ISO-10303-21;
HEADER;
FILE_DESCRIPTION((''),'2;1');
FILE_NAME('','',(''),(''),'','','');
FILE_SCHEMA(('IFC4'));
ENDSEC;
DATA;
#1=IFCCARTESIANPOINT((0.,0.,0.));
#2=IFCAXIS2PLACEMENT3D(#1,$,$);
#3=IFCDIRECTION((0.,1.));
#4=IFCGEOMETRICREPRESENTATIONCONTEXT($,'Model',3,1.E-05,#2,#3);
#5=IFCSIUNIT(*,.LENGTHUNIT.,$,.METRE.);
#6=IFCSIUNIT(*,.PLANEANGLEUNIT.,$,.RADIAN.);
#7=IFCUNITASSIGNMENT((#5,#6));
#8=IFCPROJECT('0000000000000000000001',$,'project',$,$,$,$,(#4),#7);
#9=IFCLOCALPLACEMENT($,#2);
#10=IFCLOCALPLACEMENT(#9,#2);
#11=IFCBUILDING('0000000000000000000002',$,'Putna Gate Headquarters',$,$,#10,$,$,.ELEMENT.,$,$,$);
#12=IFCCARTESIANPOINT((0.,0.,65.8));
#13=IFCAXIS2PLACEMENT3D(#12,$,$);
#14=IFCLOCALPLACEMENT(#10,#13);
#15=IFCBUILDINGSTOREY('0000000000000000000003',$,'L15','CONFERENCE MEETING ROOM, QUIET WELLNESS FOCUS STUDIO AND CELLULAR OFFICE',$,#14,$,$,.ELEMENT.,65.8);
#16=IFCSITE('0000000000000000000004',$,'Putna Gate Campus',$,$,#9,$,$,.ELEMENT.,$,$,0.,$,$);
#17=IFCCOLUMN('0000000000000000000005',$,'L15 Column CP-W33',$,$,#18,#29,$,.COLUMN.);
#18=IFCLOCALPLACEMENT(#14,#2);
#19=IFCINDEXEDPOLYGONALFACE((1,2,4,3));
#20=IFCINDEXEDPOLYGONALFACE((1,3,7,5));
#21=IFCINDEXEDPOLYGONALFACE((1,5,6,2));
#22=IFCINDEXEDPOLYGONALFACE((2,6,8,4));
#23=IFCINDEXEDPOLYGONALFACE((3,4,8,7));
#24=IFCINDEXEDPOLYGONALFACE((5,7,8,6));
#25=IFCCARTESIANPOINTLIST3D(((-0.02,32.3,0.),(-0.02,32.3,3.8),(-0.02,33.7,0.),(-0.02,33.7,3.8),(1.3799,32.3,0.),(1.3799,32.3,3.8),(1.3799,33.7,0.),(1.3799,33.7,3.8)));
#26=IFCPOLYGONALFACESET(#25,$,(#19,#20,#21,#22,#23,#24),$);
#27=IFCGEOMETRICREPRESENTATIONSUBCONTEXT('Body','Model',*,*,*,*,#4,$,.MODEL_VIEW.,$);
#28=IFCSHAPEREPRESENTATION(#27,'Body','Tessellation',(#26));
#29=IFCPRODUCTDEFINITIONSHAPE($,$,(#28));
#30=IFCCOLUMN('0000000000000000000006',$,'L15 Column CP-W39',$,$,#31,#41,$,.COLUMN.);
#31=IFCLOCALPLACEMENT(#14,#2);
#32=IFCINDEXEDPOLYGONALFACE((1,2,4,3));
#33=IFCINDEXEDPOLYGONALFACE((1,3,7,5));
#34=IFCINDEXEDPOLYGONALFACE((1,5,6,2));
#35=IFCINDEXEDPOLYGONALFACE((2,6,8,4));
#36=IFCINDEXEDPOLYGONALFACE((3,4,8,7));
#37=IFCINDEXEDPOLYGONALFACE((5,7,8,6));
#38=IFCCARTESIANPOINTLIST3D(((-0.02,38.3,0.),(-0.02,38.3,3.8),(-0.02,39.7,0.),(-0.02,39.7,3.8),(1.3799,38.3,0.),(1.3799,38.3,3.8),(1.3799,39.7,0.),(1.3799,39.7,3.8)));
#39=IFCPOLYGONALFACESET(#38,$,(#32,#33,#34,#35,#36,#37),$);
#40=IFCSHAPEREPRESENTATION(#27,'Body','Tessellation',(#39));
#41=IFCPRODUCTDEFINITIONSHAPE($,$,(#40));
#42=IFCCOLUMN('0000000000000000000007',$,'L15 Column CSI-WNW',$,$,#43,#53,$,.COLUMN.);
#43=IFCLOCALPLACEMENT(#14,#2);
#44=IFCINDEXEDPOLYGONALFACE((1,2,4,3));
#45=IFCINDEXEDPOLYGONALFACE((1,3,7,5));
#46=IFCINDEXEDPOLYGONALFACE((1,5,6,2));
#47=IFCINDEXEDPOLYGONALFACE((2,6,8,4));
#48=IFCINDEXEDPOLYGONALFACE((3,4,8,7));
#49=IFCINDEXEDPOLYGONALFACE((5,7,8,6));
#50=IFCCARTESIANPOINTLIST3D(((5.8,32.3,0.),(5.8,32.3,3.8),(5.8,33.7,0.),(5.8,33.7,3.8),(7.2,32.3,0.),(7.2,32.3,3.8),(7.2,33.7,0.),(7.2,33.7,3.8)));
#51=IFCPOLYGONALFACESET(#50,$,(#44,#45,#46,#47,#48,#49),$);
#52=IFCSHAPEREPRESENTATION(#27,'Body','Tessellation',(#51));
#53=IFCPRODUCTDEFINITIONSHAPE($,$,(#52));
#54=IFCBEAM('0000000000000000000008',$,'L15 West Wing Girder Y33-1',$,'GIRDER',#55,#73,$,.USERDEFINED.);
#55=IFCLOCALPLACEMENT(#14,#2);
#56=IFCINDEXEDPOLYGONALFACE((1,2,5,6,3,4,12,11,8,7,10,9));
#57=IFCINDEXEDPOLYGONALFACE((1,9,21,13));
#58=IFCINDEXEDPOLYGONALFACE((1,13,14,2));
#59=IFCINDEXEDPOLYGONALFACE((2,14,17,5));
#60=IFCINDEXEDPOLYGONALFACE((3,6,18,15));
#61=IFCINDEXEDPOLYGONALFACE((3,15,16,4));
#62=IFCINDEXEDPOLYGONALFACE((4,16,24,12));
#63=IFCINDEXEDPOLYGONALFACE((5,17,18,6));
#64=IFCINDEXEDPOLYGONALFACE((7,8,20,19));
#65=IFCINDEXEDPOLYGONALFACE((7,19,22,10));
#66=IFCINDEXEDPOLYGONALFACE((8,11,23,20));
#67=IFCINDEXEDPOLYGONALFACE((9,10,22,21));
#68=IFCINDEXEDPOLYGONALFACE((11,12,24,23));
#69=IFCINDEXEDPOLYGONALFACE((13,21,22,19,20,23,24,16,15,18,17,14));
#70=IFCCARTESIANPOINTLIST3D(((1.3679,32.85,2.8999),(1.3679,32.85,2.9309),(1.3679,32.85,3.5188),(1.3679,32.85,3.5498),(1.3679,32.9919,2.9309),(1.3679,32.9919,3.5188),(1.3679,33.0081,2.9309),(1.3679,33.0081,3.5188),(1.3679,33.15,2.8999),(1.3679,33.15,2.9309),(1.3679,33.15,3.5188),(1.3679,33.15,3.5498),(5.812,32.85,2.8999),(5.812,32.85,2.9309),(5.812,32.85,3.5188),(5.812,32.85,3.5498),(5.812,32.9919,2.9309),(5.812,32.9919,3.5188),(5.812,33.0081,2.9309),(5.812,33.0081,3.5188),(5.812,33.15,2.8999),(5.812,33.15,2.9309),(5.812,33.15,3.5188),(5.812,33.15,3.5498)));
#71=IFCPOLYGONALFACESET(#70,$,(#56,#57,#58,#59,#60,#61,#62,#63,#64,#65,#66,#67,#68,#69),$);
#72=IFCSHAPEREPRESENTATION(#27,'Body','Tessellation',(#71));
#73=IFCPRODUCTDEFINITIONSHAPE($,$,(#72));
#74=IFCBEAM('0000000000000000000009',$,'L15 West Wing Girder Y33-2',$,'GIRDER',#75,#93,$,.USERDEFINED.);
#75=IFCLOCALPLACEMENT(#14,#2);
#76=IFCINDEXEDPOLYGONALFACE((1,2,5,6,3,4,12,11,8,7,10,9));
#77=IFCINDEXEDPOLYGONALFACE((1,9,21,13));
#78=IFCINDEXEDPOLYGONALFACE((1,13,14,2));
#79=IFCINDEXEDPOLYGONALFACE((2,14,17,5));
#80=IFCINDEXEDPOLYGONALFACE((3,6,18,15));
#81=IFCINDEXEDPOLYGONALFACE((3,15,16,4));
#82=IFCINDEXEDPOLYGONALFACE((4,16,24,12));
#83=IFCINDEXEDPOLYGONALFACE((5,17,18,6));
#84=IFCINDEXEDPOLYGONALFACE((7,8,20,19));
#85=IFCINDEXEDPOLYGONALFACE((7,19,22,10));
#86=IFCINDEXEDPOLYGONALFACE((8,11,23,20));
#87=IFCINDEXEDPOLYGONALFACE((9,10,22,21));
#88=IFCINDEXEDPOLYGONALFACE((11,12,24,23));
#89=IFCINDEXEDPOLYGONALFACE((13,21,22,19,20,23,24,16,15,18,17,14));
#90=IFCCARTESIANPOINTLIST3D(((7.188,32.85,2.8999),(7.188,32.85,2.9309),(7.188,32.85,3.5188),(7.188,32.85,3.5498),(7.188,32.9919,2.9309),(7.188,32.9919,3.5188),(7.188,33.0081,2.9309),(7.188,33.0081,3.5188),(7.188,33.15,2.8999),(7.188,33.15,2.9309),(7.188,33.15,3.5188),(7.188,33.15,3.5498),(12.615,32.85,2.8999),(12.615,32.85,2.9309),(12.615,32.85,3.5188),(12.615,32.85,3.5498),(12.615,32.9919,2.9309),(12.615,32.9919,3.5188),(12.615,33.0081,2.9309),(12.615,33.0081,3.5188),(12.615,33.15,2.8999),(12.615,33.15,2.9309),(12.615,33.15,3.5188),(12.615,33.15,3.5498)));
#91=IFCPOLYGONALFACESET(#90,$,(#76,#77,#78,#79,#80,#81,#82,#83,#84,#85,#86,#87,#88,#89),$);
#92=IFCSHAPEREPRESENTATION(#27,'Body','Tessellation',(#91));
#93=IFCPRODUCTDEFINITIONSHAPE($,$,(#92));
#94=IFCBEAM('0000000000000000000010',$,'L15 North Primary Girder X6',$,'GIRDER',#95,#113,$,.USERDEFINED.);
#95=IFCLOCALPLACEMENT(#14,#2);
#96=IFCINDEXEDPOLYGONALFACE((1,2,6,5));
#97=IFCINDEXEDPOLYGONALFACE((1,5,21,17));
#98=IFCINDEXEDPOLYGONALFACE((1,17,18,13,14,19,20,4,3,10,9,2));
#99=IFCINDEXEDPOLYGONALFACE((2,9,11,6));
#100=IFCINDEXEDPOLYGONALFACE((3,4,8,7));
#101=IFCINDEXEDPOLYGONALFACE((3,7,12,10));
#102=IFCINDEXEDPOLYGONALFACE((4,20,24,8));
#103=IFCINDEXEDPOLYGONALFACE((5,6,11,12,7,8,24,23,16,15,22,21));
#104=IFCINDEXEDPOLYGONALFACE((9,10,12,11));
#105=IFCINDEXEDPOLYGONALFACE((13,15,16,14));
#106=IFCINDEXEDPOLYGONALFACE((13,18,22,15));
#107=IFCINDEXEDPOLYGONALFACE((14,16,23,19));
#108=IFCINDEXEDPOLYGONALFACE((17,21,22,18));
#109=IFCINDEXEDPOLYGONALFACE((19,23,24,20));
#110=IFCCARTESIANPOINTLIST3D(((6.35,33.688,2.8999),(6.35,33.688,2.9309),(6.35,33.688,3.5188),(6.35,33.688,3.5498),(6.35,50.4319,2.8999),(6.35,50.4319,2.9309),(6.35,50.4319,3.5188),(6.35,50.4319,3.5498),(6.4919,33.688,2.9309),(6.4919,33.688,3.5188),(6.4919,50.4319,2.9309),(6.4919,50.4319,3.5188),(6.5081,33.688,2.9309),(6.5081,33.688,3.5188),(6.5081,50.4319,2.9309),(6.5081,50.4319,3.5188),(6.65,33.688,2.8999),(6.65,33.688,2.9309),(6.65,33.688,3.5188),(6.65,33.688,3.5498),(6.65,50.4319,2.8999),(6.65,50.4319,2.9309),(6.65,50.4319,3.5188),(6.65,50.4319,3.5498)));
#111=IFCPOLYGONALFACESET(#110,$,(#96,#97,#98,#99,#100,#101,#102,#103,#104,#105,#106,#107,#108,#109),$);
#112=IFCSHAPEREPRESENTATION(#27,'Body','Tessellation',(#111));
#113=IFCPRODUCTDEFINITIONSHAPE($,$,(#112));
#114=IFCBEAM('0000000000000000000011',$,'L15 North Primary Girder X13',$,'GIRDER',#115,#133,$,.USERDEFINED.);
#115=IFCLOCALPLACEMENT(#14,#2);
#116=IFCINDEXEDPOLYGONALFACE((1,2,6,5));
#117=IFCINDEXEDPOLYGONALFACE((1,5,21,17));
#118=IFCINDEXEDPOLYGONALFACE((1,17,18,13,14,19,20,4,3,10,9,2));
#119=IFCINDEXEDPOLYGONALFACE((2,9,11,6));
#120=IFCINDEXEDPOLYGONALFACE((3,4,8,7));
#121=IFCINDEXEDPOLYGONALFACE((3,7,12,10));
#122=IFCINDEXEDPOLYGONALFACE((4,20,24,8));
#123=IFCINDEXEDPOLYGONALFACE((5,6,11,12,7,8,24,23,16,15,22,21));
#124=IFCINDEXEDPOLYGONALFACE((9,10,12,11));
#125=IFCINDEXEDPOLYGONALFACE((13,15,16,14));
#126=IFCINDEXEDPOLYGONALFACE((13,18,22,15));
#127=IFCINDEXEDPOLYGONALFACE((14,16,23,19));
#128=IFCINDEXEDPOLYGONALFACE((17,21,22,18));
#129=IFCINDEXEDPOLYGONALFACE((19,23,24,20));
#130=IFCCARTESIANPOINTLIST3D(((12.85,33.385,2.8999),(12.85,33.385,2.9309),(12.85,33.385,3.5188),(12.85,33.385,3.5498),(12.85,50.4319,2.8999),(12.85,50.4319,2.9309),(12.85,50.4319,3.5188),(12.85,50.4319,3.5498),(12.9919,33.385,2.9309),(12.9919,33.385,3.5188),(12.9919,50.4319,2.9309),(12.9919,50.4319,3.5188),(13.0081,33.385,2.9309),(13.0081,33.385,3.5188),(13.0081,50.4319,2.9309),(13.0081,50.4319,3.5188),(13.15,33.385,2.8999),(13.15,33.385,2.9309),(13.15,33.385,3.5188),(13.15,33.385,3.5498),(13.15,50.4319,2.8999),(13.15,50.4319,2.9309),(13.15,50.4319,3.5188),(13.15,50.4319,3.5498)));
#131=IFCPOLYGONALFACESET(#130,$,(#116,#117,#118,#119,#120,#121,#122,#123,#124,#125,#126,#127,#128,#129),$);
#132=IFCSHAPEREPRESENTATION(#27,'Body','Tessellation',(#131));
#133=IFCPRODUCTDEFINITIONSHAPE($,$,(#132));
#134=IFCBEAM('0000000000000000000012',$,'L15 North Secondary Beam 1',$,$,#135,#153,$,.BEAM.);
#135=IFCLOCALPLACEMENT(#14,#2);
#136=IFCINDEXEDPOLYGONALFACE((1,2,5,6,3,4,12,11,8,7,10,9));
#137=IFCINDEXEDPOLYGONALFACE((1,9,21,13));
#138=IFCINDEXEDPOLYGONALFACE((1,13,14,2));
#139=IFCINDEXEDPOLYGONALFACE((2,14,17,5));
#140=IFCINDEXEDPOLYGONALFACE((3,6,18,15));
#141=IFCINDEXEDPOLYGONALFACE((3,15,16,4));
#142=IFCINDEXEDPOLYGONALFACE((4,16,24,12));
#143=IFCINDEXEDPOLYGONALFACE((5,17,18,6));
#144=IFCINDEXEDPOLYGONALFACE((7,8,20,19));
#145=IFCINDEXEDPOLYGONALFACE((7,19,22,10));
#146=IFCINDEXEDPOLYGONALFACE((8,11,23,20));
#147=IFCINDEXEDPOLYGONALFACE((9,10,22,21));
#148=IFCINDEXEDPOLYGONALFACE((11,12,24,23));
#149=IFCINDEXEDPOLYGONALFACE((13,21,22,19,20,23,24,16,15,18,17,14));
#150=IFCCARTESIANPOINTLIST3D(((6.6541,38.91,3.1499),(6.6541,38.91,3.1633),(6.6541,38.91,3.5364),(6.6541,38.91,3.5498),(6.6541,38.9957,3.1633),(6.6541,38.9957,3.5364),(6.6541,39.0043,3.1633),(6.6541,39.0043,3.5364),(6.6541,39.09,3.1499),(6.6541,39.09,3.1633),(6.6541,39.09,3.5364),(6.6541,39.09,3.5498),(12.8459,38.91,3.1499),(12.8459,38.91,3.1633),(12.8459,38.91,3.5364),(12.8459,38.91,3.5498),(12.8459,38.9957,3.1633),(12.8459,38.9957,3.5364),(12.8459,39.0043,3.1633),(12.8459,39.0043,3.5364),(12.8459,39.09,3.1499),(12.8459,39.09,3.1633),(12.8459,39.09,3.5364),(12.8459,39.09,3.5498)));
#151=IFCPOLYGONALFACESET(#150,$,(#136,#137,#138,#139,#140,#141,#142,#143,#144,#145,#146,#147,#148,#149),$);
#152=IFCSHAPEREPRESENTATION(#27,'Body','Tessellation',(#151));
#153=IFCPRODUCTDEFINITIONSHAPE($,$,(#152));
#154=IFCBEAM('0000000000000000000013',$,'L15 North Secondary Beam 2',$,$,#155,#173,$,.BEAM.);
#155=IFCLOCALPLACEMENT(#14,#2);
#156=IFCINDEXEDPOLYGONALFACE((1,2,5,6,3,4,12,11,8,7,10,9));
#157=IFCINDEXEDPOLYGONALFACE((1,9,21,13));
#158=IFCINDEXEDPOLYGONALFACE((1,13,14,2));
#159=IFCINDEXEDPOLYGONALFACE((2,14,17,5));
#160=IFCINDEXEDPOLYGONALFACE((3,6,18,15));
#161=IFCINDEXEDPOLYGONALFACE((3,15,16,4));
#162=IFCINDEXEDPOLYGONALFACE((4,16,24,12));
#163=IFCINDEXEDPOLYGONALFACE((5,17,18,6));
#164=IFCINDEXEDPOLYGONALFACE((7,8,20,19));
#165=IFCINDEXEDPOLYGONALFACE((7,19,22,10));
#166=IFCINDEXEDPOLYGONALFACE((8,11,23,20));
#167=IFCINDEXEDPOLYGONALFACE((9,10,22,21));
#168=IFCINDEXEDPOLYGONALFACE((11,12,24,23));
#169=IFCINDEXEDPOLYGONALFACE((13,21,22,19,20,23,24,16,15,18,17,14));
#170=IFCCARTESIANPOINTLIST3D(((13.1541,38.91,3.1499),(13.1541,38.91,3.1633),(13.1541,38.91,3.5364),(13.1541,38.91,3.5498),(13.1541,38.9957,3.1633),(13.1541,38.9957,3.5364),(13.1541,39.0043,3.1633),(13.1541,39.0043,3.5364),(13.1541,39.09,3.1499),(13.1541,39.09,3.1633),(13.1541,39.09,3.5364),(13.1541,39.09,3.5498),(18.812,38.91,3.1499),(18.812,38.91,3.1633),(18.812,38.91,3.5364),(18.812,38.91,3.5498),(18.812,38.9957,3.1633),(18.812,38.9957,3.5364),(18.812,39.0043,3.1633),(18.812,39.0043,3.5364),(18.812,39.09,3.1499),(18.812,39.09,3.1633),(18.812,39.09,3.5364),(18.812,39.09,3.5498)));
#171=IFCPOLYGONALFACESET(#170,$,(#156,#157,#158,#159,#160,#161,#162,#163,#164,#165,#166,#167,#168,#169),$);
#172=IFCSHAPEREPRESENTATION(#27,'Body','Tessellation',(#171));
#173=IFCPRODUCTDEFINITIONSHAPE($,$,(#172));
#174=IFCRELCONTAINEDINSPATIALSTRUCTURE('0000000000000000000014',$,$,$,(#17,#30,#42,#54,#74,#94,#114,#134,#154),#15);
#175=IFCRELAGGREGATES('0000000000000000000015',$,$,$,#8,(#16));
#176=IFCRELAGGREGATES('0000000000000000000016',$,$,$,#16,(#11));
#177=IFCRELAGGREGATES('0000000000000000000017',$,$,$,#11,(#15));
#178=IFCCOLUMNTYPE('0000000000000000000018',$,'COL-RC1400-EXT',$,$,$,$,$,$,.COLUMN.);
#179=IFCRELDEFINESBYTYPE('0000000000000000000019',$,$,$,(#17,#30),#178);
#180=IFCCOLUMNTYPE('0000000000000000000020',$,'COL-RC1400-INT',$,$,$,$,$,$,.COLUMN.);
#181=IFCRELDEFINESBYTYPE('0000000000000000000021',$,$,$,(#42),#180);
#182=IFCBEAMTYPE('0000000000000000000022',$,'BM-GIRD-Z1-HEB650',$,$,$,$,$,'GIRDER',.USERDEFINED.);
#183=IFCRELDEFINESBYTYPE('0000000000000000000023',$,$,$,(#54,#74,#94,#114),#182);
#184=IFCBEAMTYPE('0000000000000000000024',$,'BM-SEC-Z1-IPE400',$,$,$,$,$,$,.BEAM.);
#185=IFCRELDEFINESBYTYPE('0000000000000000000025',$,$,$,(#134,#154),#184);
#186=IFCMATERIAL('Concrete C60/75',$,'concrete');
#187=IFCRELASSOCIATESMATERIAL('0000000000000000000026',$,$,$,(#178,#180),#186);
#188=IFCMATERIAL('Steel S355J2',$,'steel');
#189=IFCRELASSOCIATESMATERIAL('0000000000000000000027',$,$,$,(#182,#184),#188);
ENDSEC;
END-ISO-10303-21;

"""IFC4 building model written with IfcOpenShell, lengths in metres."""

from ifc_helpers import new_model, si_unit, direction, frame, origin, origin_2d, place, context, subcontext, project, spatial, rectangle, i_section, extrude, material, material_profile, profile_set, type_object, element, save


model = new_model("IFC4")

# Units and contexts
model_context = context("Model", 3, precision=1e-05, world=origin(), true_north=direction((0.0, 1.0)))
body_context = subcontext(model_context, "Body", "Model", "MODEL_VIEW")
ifc_project = project(units=[si_unit("LENGTHUNIT", "METRE"), si_unit("PLANEANGLEUNIT", "RADIAN")], contexts=[model_context])

# Site, building, storey
site_placement = place(None, origin())
site = spatial("IfcSite", under=ifc_project, at=site_placement, Name="Putna Gate Campus", CompositionType="ELEMENT", RefElevation=0.0)
building_placement = place(site_placement, origin())
building = spatial("IfcBuilding", under=site, at=building_placement, Name="Putna Gate Headquarters", CompositionType="ELEMENT")
storey_placement = place(building_placement, frame((0.0, 0.0, 65.8)))
storey = spatial("IfcBuildingStorey", under=building, at=storey_placement, Name="L15", Description="CONFERENCE MEETING ROOM, QUIET WELLNESS FOCUS STUDIO AND CELLULAR OFFICE", CompositionType="ELEMENT", Elevation=65.8)

# Columns
ifc_material_1 = material(Name="Concrete C60/75", Category="concrete")
ifc_material_profile_1 = material_profile(ifc_material_1, rectangle(XDim=1.3999, YDim=1.3999, at=origin_2d()), Name="Concrete C60/75")
ifc_profile_set_1 = profile_set([ifc_material_profile_1], Name="Concrete C60/75")
column_type_1 = type_object("IfcColumnType", Name="COL-RC1400-EXT", PredefinedType="COLUMN", material=ifc_profile_set_1)
for number, where, z_axis, x_axis, name in (
    (1, (0.6799, 33.0, 0.0), (0.0, 0.0, 1.0), (1.0, 0.0, 0.0), "L15 Column CP-W33"),
    (2, (0.6799, 39.0, 0.0), (0.0, 0.0, 1.0), (1.0, 0.0, 0.0), "L15 Column CP-W39"),
):
    element("IfcColumn", number, at=place(storey_placement, frame(where, z_axis=z_axis, x_axis=x_axis)), inside=storey, type_object=column_type_1, Name=name, PredefinedType="COLUMN", context=body_context, shape_type="SweptSolid", body=[
        extrude(rectangle(XDim=1.3999, YDim=1.3999, at=origin_2d()), origin(), (0.0, 0.0, 1.0), 3.8),
    ])
ifc_material_profile_2 = material_profile(ifc_material_1, rectangle(XDim=1.3999, YDim=1.3999, at=origin_2d()), Name="Concrete C60/75")
ifc_profile_set_2 = profile_set([ifc_material_profile_2], Name="Concrete C60/75")
column_type_2 = type_object("IfcColumnType", Name="COL-RC1400-INT", PredefinedType="COLUMN", material=ifc_profile_set_2)
column_placement = place(storey_placement, frame((6.5, 33.0, 0.0), z_axis=(0.0, 0.0, 1.0), x_axis=(1.0, 0.0, 0.0)))
element("IfcColumn", 3, at=column_placement, inside=storey, type_object=column_type_2, Name="L15 Column CSI-WNW", PredefinedType="COLUMN", context=body_context, shape_type="SweptSolid", body=[
    extrude(rectangle(XDim=1.3999, YDim=1.3999, at=origin_2d()), origin(), (0.0, 0.0, 1.0), 3.8),
])

# Beams
ifc_material_2 = material(Name="Steel S355J2", Category="steel")
ifc_material_profile_3 = material_profile(ifc_material_2, i_section(OverallWidth=0.3, OverallDepth=0.6499, WebThickness=0.0161, FlangeThickness=0.031, at=origin_2d()), Name="Steel S355J2")
ifc_profile_set_3 = profile_set([ifc_material_profile_3], Name="Steel S355J2")
beam_type_1 = type_object("IfcBeamType", Name="BM-GIRD-Z1-HEB650", ElementType="GIRDER", PredefinedType="USERDEFINED", material=ifc_profile_set_3)
beam_1_placement = place(storey_placement, frame((1.3679, 33.0, 3.2249), z_axis=(1.0, 0.0, 0.0), x_axis=(0.0, 1.0, 0.0)))
element("IfcBeam", 4, at=beam_1_placement, inside=storey, type_object=beam_type_1, Name="L15 West Wing Girder Y33-1", ObjectType="GIRDER", PredefinedType="USERDEFINED", context=body_context, shape_type="SweptSolid", body=[
    extrude(i_section(OverallWidth=0.3, OverallDepth=0.6499, WebThickness=0.0161, FlangeThickness=0.031, at=origin_2d()), origin(), (0.0, 0.0, 1.0), 4.4441),
])
beam_2_placement = place(storey_placement, frame((7.188, 33.0, 3.2249), z_axis=(1.0, 0.0, 0.0), x_axis=(0.0, 1.0, 0.0)))
element("IfcBeam", 5, at=beam_2_placement, inside=storey, type_object=beam_type_1, Name="L15 West Wing Girder Y33-2", ObjectType="GIRDER", PredefinedType="USERDEFINED", context=body_context, shape_type="SweptSolid", body=[
    extrude(i_section(OverallWidth=0.3, OverallDepth=0.6499, WebThickness=0.0161, FlangeThickness=0.031, at=origin_2d()), origin(), (0.0, 0.0, 1.0), 5.427),
])
beam_3_placement = place(storey_placement, frame((6.5, 33.688, 3.2249), z_axis=(0.0, 1.0, 0.0), x_axis=(-1.0, 0.0, 0.0)))
element("IfcBeam", 6, at=beam_3_placement, inside=storey, type_object=beam_type_1, Name="L15 North Primary Girder X6", ObjectType="GIRDER", PredefinedType="USERDEFINED", context=body_context, shape_type="SweptSolid", body=[
    extrude(i_section(OverallWidth=0.3, OverallDepth=0.6499, WebThickness=0.0161, FlangeThickness=0.031, at=origin_2d()), origin(), (0.0, 0.0, 1.0), 16.7439),
])
beam_4_placement = place(storey_placement, frame((13.0, 33.385, 3.2249), z_axis=(0.0, 1.0, 0.0), x_axis=(-1.0, 0.0, 0.0)))
element("IfcBeam", 7, at=beam_4_placement, inside=storey, type_object=beam_type_1, Name="L15 North Primary Girder X13", ObjectType="GIRDER", PredefinedType="USERDEFINED", context=body_context, shape_type="SweptSolid", body=[
    extrude(i_section(OverallWidth=0.3, OverallDepth=0.6499, WebThickness=0.0161, FlangeThickness=0.031, at=origin_2d()), origin(), (0.0, 0.0, 1.0), 17.0469),
])
ifc_material_profile_4 = material_profile(ifc_material_2, i_section(OverallWidth=0.1799, OverallDepth=0.3999, WebThickness=0.0085, FlangeThickness=0.0134, at=origin_2d()), Name="Steel S355J2")
ifc_profile_set_4 = profile_set([ifc_material_profile_4], Name="Steel S355J2")
beam_type_2 = type_object("IfcBeamType", Name="BM-SEC-Z1-IPE400", PredefinedType="BEAM", material=ifc_profile_set_4)
beam_5_placement = place(storey_placement, frame((6.6541, 39.0, 3.3499), z_axis=(1.0, 0.0, 0.0), x_axis=(0.0, 1.0, 0.0)))
element("IfcBeam", 8, at=beam_5_placement, inside=storey, type_object=beam_type_2, Name="L15 North Secondary Beam 1", PredefinedType="BEAM", context=body_context, shape_type="SweptSolid", body=[
    extrude(i_section(OverallWidth=0.1799, OverallDepth=0.3999, WebThickness=0.0085, FlangeThickness=0.0134, at=origin_2d()), origin(), (0.0, 0.0, 1.0), 6.1919),
])
beam_6_placement = place(storey_placement, frame((13.1541, 39.0, 3.3499), z_axis=(1.0, 0.0, 0.0), x_axis=(0.0, 1.0, 0.0)))
element("IfcBeam", 9, at=beam_6_placement, inside=storey, type_object=beam_type_2, Name="L15 North Secondary Beam 2", PredefinedType="BEAM", context=body_context, shape_type="SweptSolid", body=[
    extrude(i_section(OverallWidth=0.1799, OverallDepth=0.3999, WebThickness=0.0085, FlangeThickness=0.0134, at=origin_2d()), origin(), (0.0, 0.0, 1.0), 5.658),
])

save(model, "model.ifc")
